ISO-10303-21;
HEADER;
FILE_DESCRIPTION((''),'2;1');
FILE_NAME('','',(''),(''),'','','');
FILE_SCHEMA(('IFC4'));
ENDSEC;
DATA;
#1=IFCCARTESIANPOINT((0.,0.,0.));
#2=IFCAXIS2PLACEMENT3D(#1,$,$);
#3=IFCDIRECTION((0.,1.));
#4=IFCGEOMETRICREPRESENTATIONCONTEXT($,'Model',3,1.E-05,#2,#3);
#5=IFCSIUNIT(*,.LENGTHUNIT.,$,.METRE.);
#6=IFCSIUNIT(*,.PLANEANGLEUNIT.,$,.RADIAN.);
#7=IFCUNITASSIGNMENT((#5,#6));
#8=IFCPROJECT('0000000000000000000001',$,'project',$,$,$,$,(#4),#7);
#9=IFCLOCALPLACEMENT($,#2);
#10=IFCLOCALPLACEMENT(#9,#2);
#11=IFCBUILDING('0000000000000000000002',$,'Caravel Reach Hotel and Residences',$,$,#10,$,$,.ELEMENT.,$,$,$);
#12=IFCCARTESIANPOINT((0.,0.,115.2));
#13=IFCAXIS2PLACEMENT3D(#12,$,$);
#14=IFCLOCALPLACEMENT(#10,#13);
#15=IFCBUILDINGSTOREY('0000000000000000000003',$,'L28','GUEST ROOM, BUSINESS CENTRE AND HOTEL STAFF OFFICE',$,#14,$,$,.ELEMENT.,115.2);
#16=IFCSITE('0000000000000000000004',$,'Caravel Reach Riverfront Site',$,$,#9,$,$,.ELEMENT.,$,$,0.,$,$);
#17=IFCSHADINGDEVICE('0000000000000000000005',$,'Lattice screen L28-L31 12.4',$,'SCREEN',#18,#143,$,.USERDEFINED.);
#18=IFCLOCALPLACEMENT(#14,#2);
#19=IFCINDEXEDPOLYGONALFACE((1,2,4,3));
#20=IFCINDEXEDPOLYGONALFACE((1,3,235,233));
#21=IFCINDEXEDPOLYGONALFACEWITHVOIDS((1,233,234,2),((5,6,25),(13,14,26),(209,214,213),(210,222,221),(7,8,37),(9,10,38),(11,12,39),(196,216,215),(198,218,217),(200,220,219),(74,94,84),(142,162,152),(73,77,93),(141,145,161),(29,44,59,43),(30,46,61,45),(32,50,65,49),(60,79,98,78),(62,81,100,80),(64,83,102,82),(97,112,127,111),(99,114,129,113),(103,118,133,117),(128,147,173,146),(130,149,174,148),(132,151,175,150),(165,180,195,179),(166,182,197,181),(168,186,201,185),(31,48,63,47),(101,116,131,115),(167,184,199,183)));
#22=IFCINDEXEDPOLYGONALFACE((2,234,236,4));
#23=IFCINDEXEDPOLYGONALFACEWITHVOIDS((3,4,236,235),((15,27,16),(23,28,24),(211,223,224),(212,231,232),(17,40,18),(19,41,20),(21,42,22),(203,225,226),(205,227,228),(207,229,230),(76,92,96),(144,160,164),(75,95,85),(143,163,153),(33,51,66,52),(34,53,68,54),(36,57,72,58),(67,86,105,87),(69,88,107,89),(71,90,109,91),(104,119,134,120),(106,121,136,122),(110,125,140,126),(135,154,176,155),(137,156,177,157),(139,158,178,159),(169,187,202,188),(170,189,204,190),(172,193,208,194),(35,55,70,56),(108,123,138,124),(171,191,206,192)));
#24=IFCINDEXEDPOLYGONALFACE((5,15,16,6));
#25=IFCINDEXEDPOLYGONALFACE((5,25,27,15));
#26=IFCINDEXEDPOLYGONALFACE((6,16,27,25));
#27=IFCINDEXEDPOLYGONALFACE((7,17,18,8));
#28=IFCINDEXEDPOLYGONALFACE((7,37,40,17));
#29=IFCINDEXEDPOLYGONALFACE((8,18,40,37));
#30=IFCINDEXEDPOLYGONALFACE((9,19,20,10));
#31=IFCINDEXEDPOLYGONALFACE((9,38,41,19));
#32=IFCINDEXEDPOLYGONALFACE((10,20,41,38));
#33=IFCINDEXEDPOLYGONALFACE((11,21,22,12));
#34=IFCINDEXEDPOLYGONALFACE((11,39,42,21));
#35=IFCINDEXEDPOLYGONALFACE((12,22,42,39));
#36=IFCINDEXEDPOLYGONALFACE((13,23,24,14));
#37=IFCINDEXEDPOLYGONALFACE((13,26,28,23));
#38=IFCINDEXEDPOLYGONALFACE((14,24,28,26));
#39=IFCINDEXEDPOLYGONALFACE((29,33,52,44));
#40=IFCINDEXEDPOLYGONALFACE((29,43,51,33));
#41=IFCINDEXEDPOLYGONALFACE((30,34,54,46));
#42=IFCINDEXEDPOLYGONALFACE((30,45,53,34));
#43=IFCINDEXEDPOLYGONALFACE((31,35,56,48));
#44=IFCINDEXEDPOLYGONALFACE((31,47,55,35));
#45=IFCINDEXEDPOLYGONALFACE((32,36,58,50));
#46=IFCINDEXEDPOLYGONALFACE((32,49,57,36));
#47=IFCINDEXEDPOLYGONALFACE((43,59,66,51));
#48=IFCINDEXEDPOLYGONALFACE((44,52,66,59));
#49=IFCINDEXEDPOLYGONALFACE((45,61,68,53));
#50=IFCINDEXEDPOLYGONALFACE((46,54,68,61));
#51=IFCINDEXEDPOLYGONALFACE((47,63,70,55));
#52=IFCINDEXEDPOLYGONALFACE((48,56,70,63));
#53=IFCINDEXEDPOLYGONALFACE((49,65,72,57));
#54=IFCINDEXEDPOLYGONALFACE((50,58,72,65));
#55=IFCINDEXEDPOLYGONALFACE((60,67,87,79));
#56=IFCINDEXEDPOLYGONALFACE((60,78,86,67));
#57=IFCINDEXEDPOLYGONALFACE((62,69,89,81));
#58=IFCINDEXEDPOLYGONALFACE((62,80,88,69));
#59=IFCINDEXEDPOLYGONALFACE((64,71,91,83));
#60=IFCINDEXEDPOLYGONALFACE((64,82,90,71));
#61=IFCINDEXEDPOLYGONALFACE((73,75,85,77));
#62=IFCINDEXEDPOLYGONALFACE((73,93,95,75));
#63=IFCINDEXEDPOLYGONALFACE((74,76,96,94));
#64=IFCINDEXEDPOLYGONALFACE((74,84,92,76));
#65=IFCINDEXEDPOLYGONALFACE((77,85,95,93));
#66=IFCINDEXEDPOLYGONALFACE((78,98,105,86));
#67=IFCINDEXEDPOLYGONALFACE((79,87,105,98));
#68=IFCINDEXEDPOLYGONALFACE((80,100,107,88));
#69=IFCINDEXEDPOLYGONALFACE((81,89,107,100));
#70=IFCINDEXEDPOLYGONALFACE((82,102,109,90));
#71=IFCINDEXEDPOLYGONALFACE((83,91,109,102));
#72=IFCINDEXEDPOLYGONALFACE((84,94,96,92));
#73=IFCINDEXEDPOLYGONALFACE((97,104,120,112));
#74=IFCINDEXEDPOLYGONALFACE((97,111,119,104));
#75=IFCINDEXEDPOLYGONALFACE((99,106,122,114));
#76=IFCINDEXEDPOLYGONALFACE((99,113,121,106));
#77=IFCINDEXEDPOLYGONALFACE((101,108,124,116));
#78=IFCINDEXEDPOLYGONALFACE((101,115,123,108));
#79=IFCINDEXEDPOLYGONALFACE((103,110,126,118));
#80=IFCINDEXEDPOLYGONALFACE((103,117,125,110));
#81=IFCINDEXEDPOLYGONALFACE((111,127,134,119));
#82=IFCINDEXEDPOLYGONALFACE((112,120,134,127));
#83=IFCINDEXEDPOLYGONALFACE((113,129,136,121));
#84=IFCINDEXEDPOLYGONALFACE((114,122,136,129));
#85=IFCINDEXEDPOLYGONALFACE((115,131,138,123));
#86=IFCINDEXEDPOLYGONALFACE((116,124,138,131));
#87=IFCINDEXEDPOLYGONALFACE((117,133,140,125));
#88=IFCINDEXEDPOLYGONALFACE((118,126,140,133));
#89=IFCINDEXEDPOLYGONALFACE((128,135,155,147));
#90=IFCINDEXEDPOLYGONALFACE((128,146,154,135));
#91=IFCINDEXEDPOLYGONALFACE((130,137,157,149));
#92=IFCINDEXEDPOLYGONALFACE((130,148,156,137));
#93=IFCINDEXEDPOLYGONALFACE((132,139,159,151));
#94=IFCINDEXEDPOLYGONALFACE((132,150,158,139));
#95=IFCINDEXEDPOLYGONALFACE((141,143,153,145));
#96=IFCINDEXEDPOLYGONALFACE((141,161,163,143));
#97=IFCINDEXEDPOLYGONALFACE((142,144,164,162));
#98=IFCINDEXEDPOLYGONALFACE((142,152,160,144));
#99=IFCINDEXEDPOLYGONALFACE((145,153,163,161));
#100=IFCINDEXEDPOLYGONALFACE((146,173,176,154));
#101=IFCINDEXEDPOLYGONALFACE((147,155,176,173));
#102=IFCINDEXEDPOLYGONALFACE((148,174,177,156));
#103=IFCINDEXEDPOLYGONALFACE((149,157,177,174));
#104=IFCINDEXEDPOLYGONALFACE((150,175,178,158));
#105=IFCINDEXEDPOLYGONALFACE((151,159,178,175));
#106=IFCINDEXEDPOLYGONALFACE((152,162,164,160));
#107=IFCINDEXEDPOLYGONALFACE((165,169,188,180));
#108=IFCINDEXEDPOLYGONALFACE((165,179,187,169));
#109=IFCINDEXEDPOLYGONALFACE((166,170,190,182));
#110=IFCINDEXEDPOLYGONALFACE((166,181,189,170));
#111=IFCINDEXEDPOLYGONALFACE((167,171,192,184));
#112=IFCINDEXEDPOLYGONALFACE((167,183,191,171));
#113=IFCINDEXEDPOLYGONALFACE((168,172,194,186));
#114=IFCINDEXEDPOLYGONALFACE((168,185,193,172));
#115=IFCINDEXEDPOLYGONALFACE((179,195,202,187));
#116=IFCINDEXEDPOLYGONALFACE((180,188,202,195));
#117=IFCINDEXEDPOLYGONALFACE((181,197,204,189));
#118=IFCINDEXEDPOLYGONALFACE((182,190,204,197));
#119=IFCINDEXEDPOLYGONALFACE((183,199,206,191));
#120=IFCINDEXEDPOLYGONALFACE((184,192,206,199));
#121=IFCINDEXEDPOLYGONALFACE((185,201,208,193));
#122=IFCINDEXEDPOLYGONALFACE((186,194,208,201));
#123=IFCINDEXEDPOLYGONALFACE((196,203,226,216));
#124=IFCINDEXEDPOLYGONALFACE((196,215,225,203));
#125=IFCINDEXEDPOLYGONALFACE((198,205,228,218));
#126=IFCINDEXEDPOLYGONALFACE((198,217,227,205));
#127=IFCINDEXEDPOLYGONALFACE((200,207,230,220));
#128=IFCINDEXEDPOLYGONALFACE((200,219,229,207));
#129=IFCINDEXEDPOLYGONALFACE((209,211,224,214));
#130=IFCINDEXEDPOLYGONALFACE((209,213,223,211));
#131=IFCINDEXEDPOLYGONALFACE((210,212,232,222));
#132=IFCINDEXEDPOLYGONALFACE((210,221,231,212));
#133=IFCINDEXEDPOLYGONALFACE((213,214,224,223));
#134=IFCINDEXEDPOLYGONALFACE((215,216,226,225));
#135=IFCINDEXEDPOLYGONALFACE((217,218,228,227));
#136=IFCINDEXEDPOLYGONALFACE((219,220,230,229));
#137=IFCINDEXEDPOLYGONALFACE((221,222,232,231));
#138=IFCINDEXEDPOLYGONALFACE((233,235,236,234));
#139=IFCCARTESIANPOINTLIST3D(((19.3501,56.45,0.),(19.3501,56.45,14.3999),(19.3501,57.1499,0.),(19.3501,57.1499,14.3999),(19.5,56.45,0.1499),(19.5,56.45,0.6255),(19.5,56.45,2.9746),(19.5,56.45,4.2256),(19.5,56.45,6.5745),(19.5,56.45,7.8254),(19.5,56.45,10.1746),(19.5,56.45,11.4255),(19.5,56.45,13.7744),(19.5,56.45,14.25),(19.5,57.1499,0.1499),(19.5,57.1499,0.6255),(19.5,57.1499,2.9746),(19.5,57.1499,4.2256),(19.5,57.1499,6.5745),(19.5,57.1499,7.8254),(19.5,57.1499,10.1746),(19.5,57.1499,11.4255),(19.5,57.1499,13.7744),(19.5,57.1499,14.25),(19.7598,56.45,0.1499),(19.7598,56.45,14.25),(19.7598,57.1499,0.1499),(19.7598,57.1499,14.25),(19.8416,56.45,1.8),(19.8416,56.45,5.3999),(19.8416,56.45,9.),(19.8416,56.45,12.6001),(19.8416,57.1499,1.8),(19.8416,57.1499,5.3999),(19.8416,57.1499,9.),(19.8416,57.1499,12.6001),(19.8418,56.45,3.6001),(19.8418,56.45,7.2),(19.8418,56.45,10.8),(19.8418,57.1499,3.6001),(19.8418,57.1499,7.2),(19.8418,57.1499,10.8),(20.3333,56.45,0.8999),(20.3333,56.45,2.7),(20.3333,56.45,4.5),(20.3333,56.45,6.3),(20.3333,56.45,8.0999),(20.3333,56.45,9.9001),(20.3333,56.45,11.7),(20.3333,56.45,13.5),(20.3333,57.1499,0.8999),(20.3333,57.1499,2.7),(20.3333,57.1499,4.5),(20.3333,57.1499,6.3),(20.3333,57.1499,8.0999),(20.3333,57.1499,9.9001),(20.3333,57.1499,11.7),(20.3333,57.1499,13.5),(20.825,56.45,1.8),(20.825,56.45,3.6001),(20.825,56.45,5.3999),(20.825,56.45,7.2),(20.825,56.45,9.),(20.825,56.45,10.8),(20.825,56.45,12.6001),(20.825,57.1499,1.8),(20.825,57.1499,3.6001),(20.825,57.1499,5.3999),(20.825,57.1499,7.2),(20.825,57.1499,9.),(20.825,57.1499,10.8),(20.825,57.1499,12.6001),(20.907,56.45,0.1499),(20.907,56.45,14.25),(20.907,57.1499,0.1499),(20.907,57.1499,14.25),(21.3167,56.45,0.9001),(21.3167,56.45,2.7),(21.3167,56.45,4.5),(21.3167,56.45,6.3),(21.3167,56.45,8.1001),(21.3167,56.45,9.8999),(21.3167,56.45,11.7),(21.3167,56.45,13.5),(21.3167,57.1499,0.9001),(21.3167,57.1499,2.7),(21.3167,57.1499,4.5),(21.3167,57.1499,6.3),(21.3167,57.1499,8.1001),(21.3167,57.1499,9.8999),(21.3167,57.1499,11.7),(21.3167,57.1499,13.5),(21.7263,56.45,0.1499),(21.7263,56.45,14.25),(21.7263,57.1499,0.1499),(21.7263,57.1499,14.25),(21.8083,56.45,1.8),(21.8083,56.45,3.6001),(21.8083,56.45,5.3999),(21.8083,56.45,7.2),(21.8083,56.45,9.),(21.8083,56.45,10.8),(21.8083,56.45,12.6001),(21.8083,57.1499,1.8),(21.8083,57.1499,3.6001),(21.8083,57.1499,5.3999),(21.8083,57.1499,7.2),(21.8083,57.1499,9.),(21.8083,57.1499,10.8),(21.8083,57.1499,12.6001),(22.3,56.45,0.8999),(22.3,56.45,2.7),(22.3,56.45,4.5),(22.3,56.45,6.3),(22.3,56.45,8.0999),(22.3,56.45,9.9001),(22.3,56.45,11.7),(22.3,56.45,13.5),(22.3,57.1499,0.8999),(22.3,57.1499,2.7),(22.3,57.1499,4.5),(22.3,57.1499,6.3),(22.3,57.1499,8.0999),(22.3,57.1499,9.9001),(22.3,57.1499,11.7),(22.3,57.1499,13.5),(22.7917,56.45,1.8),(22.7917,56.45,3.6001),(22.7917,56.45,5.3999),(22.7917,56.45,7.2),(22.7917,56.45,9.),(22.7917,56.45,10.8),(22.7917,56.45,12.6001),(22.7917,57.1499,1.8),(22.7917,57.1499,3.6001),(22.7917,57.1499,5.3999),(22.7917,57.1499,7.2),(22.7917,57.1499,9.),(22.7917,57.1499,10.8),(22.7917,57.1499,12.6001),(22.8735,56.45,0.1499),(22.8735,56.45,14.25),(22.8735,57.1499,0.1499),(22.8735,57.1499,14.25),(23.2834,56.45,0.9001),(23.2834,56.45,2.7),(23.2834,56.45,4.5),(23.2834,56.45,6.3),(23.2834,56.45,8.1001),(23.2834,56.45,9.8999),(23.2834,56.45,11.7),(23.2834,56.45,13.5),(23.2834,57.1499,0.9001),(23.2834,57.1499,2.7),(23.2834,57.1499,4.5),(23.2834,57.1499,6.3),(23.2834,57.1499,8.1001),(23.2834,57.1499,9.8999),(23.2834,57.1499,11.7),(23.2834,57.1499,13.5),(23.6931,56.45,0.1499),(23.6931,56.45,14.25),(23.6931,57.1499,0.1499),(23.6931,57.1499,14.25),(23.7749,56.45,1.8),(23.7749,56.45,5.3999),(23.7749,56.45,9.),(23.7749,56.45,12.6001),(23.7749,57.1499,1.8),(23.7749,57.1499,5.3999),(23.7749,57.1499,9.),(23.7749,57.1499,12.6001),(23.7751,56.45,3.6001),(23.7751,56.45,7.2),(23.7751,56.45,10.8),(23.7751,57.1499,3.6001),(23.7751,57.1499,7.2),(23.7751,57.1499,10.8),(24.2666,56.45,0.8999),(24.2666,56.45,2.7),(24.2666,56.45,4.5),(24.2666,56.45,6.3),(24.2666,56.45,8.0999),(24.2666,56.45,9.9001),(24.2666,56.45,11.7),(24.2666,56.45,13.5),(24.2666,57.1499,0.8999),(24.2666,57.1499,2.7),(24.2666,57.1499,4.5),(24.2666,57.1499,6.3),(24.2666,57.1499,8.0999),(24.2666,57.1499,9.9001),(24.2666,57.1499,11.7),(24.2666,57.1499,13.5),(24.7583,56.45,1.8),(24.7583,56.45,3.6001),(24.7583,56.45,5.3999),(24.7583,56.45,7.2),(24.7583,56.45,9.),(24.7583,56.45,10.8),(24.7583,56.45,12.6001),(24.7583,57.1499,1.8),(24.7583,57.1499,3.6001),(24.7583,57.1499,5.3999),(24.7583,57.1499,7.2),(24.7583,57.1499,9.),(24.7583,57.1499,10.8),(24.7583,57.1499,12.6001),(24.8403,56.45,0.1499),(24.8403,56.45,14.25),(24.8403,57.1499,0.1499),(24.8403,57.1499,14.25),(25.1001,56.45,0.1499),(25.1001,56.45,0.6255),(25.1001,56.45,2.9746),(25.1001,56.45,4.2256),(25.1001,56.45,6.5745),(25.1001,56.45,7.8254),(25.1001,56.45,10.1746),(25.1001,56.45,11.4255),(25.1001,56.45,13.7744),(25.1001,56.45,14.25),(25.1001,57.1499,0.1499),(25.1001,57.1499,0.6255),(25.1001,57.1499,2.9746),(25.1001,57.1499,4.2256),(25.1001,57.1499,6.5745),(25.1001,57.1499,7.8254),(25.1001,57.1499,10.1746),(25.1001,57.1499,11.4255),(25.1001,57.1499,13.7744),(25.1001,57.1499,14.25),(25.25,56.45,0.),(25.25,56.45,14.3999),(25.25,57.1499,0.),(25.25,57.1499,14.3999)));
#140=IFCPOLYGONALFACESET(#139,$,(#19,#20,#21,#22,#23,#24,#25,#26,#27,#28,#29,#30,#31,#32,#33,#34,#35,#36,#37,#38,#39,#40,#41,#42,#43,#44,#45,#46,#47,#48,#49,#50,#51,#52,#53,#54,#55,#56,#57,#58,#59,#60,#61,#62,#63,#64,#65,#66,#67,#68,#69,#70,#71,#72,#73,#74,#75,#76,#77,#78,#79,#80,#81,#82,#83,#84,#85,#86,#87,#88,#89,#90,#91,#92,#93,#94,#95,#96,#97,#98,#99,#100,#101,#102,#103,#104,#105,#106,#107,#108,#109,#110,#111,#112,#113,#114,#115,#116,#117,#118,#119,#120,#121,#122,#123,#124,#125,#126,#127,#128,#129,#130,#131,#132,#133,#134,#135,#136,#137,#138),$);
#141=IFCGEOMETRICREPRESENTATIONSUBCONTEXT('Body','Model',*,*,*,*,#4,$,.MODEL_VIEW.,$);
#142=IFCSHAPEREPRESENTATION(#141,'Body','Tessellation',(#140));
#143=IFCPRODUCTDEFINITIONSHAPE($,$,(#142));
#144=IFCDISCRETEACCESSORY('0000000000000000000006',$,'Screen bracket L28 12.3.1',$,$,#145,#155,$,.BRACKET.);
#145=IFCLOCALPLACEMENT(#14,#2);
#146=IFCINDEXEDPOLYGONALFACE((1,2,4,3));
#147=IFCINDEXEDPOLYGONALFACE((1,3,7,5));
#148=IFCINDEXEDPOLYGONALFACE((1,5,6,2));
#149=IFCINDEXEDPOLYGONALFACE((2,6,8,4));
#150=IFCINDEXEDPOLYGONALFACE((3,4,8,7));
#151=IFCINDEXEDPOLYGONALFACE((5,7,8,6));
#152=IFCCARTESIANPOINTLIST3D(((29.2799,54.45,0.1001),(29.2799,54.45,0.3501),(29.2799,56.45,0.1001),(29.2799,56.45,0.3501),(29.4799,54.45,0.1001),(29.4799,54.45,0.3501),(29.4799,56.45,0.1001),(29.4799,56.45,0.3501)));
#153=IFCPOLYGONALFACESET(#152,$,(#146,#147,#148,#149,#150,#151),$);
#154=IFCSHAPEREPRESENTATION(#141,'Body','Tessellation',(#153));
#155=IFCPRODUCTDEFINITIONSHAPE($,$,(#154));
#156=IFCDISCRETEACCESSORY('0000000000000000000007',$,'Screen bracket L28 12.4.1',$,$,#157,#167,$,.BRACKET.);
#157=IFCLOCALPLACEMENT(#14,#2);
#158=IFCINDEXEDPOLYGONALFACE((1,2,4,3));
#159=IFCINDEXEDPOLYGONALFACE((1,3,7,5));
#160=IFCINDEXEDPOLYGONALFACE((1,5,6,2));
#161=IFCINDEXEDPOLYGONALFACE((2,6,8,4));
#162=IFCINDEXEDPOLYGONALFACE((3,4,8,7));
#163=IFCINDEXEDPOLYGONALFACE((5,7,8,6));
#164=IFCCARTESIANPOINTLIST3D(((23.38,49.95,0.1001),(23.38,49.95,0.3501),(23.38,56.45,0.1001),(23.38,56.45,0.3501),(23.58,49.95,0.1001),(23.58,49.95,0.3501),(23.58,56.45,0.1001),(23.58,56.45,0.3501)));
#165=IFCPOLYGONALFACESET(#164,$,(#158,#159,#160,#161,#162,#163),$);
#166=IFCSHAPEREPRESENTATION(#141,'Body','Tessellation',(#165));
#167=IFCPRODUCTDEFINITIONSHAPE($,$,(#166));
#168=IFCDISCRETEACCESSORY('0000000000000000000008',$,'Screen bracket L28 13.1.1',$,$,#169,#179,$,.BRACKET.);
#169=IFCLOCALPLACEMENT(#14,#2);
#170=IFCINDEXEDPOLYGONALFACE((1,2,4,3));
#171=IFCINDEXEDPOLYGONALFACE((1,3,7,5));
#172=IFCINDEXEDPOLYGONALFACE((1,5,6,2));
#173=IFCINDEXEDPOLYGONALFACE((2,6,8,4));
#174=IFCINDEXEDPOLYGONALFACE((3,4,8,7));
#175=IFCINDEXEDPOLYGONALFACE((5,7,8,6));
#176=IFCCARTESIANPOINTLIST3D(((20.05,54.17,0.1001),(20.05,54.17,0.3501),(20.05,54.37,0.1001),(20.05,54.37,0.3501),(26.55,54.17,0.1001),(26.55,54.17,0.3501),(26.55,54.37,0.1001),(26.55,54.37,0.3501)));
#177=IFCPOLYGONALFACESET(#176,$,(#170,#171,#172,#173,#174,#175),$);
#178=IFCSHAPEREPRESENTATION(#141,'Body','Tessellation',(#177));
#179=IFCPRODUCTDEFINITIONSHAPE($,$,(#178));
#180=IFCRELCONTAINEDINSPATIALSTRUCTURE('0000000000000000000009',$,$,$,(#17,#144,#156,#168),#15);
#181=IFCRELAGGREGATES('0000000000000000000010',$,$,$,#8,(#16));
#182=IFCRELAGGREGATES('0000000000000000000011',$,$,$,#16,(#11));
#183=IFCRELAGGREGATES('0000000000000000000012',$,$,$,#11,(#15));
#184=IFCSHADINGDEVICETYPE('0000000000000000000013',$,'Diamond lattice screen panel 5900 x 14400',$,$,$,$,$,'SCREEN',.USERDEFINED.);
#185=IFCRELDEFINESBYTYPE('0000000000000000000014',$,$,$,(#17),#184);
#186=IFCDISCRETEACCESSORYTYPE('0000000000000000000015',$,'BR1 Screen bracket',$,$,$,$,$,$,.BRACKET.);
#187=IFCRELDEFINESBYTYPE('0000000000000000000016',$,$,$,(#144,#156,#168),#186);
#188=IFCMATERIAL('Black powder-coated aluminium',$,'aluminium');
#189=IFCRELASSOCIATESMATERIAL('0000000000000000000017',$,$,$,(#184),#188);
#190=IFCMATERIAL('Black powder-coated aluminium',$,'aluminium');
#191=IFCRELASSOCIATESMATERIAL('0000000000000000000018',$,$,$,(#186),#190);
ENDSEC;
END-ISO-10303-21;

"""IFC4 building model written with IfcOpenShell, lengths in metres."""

from ifc_helpers import new_model, si_unit, direction, frame, origin, origin_2d, place, context, subcontext, project, spatial, polyline, rectangle, outline, extrude, material, type_object, element, save


model = new_model("IFC4")

# Units and contexts
model_context = context("Model", 3, precision=1e-05, world=origin(), true_north=direction((0.0, 1.0)))
body_context = subcontext(model_context, "Body", "Model", "MODEL_VIEW")
ifc_project = project(units=[si_unit("LENGTHUNIT", "METRE"), si_unit("PLANEANGLEUNIT", "RADIAN")], contexts=[model_context])

# Site, building, storey
site_placement = place(None, origin())
site = spatial("IfcSite", under=ifc_project, at=site_placement, Name="Caravel Reach Riverfront Site", CompositionType="ELEMENT", RefElevation=0.0)
building_placement = place(site_placement, origin())
building = spatial("IfcBuilding", under=site, at=building_placement, Name="Caravel Reach Hotel and Residences", CompositionType="ELEMENT")
storey_placement = place(building_placement, frame((0.0, 0.0, 115.2)))
storey = spatial("IfcBuildingStorey", under=building, at=storey_placement, Name="L28", Description="GUEST ROOM, BUSINESS CENTRE AND HOTEL STAFF OFFICE", CompositionType="ELEMENT", Elevation=115.2)

# Shading device
ifc_material_1 = material(Name="Black powder-coated aluminium", Category="aluminium")
shading_device_type_1 = type_object("IfcShadingDeviceType", Name="Diamond lattice screen panel 5900 x 14400", ElementType="SCREEN", PredefinedType="USERDEFINED", material=ifc_material_1)
shading_device_placement = place(storey_placement, frame((25.25, 56.45, 0.0), z_axis=(0.0, 1.0, 0.0), x_axis=(-1.0, 0.0, 0.0)))
element("IfcShadingDevice", 1, at=shading_device_placement, inside=storey, type_object=shading_device_type_1, Name="Lattice screen L28-L31 12.4", ObjectType="SCREEN", PredefinedType="USERDEFINED", context=body_context, shape_type="SweptSolid", body=[
    extrude(outline(polyline([(0.0, 0.0), (5.8999, 0.0), (5.8999, 14.3999), (0.0, 14.3999), (0.0, 0.0)]), holes=[polyline([(0.4097, 0.1499), (0.1499, 0.6255), (0.1499, 0.1499), (0.4097, 0.1499)]), polyline([(0.4917, 3.6001), (0.1499, 4.2256), (0.1499, 2.9746), (0.4917, 3.6001)]), polyline([(0.4917, 7.2), (0.1499, 7.8254), (0.1499, 6.5745), (0.4917, 7.2)]), polyline([(0.4917, 10.8), (0.1499, 11.4255), (0.1499, 10.1746), (0.4917, 10.8)]), polyline([(0.1499, 13.7744), (0.4097, 14.25), (0.1499, 14.25), (0.1499, 13.7744)]), polyline([(0.9834, 2.7), (0.4917, 1.8), (0.9834, 0.8999), (1.4751, 1.8), (0.9834, 2.7)]), polyline([(0.9834, 6.3), (0.4917, 5.3999), (0.9834, 4.5), (1.4751, 5.3999), (0.9834, 6.3)]), polyline([(0.9834, 9.9001), (0.4917, 9.0), (0.9834, 8.0999), (1.4751, 9.0), (0.9834, 9.9001)]), polyline([(0.9834, 13.5), (0.4917, 12.6001), (0.9834, 11.7), (1.4751, 12.6001), (0.9834, 13.5)]), polyline([(1.9666, 0.9001), (1.5569, 0.1499), (2.3765, 0.1499), (1.9666, 0.9001)]), polyline([(1.9666, 4.5), (1.4749, 3.6001), (1.9666, 2.7), (2.4583, 3.6001), (1.9666, 4.5)]), polyline([(1.9666, 8.1001), (1.4749, 7.2), (1.9666, 6.3), (2.4583, 7.2), (1.9666, 8.1001)]), polyline([(1.9666, 11.7), (1.4749, 10.8), (1.9666, 9.8999), (2.4583, 10.8), (1.9666, 11.7)]), polyline([(1.9666, 13.5), (2.3765, 14.25), (1.5569, 14.25), (1.9666, 13.5)]), polyline([(2.95, 2.7), (2.4583, 1.8), (2.95, 0.8999), (3.4417, 1.8), (2.95, 2.7)]), polyline([(2.95, 6.3), (2.4583, 5.3999), (2.95, 4.5), (3.4417, 5.3999), (2.95, 6.3)]), polyline([(2.95, 9.9001), (2.4583, 9.0), (2.95, 8.0999), (3.4417, 9.0), (2.95, 9.9001)]), polyline([(2.95, 13.5), (2.4583, 12.6001), (2.95, 11.7), (3.4417, 12.6001), (2.95, 13.5)]), polyline([(3.9333, 0.9001), (3.5237, 0.1499), (4.343, 0.1499), (3.9333, 0.9001)]), polyline([(3.9333, 4.5), (3.4417, 3.6001), (3.9333, 2.7), (4.425, 3.6001), (3.9333, 4.5)]), polyline([(3.9333, 8.1001), (3.4417, 7.2), (3.9333, 6.3), (4.425, 7.2), (3.9333, 8.1001)]), polyline([(3.9333, 11.7), (3.4417, 10.8), (3.9333, 9.8999), (4.425, 10.8), (3.9333, 11.7)]), polyline([(3.9333, 13.5), (4.343, 14.25), (3.5237, 14.25), (3.9333, 13.5)]), polyline([(4.9167, 2.7), (4.425, 1.8), (4.9167, 0.8999), (5.4084, 1.8), (4.9167, 2.7)]), polyline([(4.9167, 6.3), (4.425, 5.3999), (4.9167, 4.5), (5.4084, 5.3999), (4.9167, 6.3)]), polyline([(4.9167, 9.9001), (4.425, 9.0), (4.9167, 8.0999), (5.4084, 9.0), (4.9167, 9.9001)]), polyline([(4.9167, 13.5), (4.425, 12.6001), (4.9167, 11.7), (5.4084, 12.6001), (4.9167, 13.5)]), polyline([(5.75, 0.6255), (5.4902, 0.1499), (5.75, 0.1499), (5.75, 0.6255)]), polyline([(5.4082, 3.6001), (5.75, 2.9746), (5.75, 4.2256), (5.4082, 3.6001)]), polyline([(5.4082, 7.2), (5.75, 6.5745), (5.75, 7.8254), (5.4082, 7.2)]), polyline([(5.4082, 10.8), (5.75, 10.1746), (5.75, 11.4255), (5.4082, 10.8)]), polyline([(5.4902, 14.25), (5.75, 13.7744), (5.75, 14.25), (5.4902, 14.25)])]), origin(), (0.0, 0.0, 1.0), 0.7),
])

# Discrete accessories
ifc_material_2 = material(Name="Black powder-coated aluminium", Category="aluminium")
discrete_accessory_type = type_object("IfcDiscreteAccessoryType", Name="BR1 Screen bracket", PredefinedType="BRACKET", material=ifc_material_2)
discrete_accessory_placement = place(storey_placement, frame((29.3799, 55.45, 0.1001), z_axis=(0.0, 0.0, 1.0), x_axis=(0.0, 1.0, 0.0)))
element("IfcDiscreteAccessory", 2, at=discrete_accessory_placement, inside=storey, type_object=discrete_accessory_type, Name="Screen bracket L28 12.3.1", PredefinedType="BRACKET", context=body_context, shape_type="SweptSolid", body=[
    extrude(rectangle(XDim=2.0, YDim=0.2, at=origin_2d()), origin(), (0.0, 0.0, 1.0), 0.25),
])
for number, where, z_axis, x_axis, name in (
    (3, (23.48, 53.2, 0.1001), (0.0, 0.0, 1.0), (0.0, 1.0, 0.0), "Screen bracket L28 12.4.1"),
    (4, (23.3, 54.27, 0.1001), (0.0, 0.0, 1.0), (-1.0, 0.0, 0.0), "Screen bracket L28 13.1.1"),
):
    element("IfcDiscreteAccessory", number, at=place(storey_placement, frame(where, z_axis=z_axis, x_axis=x_axis)), inside=storey, type_object=discrete_accessory_type, Name=name, PredefinedType="BRACKET", context=body_context, shape_type="SweptSolid", body=[
        extrude(rectangle(XDim=6.5, YDim=0.2, at=origin_2d()), origin(), (0.0, 0.0, 1.0), 0.25),
    ])

save(model, "model.ifc")
